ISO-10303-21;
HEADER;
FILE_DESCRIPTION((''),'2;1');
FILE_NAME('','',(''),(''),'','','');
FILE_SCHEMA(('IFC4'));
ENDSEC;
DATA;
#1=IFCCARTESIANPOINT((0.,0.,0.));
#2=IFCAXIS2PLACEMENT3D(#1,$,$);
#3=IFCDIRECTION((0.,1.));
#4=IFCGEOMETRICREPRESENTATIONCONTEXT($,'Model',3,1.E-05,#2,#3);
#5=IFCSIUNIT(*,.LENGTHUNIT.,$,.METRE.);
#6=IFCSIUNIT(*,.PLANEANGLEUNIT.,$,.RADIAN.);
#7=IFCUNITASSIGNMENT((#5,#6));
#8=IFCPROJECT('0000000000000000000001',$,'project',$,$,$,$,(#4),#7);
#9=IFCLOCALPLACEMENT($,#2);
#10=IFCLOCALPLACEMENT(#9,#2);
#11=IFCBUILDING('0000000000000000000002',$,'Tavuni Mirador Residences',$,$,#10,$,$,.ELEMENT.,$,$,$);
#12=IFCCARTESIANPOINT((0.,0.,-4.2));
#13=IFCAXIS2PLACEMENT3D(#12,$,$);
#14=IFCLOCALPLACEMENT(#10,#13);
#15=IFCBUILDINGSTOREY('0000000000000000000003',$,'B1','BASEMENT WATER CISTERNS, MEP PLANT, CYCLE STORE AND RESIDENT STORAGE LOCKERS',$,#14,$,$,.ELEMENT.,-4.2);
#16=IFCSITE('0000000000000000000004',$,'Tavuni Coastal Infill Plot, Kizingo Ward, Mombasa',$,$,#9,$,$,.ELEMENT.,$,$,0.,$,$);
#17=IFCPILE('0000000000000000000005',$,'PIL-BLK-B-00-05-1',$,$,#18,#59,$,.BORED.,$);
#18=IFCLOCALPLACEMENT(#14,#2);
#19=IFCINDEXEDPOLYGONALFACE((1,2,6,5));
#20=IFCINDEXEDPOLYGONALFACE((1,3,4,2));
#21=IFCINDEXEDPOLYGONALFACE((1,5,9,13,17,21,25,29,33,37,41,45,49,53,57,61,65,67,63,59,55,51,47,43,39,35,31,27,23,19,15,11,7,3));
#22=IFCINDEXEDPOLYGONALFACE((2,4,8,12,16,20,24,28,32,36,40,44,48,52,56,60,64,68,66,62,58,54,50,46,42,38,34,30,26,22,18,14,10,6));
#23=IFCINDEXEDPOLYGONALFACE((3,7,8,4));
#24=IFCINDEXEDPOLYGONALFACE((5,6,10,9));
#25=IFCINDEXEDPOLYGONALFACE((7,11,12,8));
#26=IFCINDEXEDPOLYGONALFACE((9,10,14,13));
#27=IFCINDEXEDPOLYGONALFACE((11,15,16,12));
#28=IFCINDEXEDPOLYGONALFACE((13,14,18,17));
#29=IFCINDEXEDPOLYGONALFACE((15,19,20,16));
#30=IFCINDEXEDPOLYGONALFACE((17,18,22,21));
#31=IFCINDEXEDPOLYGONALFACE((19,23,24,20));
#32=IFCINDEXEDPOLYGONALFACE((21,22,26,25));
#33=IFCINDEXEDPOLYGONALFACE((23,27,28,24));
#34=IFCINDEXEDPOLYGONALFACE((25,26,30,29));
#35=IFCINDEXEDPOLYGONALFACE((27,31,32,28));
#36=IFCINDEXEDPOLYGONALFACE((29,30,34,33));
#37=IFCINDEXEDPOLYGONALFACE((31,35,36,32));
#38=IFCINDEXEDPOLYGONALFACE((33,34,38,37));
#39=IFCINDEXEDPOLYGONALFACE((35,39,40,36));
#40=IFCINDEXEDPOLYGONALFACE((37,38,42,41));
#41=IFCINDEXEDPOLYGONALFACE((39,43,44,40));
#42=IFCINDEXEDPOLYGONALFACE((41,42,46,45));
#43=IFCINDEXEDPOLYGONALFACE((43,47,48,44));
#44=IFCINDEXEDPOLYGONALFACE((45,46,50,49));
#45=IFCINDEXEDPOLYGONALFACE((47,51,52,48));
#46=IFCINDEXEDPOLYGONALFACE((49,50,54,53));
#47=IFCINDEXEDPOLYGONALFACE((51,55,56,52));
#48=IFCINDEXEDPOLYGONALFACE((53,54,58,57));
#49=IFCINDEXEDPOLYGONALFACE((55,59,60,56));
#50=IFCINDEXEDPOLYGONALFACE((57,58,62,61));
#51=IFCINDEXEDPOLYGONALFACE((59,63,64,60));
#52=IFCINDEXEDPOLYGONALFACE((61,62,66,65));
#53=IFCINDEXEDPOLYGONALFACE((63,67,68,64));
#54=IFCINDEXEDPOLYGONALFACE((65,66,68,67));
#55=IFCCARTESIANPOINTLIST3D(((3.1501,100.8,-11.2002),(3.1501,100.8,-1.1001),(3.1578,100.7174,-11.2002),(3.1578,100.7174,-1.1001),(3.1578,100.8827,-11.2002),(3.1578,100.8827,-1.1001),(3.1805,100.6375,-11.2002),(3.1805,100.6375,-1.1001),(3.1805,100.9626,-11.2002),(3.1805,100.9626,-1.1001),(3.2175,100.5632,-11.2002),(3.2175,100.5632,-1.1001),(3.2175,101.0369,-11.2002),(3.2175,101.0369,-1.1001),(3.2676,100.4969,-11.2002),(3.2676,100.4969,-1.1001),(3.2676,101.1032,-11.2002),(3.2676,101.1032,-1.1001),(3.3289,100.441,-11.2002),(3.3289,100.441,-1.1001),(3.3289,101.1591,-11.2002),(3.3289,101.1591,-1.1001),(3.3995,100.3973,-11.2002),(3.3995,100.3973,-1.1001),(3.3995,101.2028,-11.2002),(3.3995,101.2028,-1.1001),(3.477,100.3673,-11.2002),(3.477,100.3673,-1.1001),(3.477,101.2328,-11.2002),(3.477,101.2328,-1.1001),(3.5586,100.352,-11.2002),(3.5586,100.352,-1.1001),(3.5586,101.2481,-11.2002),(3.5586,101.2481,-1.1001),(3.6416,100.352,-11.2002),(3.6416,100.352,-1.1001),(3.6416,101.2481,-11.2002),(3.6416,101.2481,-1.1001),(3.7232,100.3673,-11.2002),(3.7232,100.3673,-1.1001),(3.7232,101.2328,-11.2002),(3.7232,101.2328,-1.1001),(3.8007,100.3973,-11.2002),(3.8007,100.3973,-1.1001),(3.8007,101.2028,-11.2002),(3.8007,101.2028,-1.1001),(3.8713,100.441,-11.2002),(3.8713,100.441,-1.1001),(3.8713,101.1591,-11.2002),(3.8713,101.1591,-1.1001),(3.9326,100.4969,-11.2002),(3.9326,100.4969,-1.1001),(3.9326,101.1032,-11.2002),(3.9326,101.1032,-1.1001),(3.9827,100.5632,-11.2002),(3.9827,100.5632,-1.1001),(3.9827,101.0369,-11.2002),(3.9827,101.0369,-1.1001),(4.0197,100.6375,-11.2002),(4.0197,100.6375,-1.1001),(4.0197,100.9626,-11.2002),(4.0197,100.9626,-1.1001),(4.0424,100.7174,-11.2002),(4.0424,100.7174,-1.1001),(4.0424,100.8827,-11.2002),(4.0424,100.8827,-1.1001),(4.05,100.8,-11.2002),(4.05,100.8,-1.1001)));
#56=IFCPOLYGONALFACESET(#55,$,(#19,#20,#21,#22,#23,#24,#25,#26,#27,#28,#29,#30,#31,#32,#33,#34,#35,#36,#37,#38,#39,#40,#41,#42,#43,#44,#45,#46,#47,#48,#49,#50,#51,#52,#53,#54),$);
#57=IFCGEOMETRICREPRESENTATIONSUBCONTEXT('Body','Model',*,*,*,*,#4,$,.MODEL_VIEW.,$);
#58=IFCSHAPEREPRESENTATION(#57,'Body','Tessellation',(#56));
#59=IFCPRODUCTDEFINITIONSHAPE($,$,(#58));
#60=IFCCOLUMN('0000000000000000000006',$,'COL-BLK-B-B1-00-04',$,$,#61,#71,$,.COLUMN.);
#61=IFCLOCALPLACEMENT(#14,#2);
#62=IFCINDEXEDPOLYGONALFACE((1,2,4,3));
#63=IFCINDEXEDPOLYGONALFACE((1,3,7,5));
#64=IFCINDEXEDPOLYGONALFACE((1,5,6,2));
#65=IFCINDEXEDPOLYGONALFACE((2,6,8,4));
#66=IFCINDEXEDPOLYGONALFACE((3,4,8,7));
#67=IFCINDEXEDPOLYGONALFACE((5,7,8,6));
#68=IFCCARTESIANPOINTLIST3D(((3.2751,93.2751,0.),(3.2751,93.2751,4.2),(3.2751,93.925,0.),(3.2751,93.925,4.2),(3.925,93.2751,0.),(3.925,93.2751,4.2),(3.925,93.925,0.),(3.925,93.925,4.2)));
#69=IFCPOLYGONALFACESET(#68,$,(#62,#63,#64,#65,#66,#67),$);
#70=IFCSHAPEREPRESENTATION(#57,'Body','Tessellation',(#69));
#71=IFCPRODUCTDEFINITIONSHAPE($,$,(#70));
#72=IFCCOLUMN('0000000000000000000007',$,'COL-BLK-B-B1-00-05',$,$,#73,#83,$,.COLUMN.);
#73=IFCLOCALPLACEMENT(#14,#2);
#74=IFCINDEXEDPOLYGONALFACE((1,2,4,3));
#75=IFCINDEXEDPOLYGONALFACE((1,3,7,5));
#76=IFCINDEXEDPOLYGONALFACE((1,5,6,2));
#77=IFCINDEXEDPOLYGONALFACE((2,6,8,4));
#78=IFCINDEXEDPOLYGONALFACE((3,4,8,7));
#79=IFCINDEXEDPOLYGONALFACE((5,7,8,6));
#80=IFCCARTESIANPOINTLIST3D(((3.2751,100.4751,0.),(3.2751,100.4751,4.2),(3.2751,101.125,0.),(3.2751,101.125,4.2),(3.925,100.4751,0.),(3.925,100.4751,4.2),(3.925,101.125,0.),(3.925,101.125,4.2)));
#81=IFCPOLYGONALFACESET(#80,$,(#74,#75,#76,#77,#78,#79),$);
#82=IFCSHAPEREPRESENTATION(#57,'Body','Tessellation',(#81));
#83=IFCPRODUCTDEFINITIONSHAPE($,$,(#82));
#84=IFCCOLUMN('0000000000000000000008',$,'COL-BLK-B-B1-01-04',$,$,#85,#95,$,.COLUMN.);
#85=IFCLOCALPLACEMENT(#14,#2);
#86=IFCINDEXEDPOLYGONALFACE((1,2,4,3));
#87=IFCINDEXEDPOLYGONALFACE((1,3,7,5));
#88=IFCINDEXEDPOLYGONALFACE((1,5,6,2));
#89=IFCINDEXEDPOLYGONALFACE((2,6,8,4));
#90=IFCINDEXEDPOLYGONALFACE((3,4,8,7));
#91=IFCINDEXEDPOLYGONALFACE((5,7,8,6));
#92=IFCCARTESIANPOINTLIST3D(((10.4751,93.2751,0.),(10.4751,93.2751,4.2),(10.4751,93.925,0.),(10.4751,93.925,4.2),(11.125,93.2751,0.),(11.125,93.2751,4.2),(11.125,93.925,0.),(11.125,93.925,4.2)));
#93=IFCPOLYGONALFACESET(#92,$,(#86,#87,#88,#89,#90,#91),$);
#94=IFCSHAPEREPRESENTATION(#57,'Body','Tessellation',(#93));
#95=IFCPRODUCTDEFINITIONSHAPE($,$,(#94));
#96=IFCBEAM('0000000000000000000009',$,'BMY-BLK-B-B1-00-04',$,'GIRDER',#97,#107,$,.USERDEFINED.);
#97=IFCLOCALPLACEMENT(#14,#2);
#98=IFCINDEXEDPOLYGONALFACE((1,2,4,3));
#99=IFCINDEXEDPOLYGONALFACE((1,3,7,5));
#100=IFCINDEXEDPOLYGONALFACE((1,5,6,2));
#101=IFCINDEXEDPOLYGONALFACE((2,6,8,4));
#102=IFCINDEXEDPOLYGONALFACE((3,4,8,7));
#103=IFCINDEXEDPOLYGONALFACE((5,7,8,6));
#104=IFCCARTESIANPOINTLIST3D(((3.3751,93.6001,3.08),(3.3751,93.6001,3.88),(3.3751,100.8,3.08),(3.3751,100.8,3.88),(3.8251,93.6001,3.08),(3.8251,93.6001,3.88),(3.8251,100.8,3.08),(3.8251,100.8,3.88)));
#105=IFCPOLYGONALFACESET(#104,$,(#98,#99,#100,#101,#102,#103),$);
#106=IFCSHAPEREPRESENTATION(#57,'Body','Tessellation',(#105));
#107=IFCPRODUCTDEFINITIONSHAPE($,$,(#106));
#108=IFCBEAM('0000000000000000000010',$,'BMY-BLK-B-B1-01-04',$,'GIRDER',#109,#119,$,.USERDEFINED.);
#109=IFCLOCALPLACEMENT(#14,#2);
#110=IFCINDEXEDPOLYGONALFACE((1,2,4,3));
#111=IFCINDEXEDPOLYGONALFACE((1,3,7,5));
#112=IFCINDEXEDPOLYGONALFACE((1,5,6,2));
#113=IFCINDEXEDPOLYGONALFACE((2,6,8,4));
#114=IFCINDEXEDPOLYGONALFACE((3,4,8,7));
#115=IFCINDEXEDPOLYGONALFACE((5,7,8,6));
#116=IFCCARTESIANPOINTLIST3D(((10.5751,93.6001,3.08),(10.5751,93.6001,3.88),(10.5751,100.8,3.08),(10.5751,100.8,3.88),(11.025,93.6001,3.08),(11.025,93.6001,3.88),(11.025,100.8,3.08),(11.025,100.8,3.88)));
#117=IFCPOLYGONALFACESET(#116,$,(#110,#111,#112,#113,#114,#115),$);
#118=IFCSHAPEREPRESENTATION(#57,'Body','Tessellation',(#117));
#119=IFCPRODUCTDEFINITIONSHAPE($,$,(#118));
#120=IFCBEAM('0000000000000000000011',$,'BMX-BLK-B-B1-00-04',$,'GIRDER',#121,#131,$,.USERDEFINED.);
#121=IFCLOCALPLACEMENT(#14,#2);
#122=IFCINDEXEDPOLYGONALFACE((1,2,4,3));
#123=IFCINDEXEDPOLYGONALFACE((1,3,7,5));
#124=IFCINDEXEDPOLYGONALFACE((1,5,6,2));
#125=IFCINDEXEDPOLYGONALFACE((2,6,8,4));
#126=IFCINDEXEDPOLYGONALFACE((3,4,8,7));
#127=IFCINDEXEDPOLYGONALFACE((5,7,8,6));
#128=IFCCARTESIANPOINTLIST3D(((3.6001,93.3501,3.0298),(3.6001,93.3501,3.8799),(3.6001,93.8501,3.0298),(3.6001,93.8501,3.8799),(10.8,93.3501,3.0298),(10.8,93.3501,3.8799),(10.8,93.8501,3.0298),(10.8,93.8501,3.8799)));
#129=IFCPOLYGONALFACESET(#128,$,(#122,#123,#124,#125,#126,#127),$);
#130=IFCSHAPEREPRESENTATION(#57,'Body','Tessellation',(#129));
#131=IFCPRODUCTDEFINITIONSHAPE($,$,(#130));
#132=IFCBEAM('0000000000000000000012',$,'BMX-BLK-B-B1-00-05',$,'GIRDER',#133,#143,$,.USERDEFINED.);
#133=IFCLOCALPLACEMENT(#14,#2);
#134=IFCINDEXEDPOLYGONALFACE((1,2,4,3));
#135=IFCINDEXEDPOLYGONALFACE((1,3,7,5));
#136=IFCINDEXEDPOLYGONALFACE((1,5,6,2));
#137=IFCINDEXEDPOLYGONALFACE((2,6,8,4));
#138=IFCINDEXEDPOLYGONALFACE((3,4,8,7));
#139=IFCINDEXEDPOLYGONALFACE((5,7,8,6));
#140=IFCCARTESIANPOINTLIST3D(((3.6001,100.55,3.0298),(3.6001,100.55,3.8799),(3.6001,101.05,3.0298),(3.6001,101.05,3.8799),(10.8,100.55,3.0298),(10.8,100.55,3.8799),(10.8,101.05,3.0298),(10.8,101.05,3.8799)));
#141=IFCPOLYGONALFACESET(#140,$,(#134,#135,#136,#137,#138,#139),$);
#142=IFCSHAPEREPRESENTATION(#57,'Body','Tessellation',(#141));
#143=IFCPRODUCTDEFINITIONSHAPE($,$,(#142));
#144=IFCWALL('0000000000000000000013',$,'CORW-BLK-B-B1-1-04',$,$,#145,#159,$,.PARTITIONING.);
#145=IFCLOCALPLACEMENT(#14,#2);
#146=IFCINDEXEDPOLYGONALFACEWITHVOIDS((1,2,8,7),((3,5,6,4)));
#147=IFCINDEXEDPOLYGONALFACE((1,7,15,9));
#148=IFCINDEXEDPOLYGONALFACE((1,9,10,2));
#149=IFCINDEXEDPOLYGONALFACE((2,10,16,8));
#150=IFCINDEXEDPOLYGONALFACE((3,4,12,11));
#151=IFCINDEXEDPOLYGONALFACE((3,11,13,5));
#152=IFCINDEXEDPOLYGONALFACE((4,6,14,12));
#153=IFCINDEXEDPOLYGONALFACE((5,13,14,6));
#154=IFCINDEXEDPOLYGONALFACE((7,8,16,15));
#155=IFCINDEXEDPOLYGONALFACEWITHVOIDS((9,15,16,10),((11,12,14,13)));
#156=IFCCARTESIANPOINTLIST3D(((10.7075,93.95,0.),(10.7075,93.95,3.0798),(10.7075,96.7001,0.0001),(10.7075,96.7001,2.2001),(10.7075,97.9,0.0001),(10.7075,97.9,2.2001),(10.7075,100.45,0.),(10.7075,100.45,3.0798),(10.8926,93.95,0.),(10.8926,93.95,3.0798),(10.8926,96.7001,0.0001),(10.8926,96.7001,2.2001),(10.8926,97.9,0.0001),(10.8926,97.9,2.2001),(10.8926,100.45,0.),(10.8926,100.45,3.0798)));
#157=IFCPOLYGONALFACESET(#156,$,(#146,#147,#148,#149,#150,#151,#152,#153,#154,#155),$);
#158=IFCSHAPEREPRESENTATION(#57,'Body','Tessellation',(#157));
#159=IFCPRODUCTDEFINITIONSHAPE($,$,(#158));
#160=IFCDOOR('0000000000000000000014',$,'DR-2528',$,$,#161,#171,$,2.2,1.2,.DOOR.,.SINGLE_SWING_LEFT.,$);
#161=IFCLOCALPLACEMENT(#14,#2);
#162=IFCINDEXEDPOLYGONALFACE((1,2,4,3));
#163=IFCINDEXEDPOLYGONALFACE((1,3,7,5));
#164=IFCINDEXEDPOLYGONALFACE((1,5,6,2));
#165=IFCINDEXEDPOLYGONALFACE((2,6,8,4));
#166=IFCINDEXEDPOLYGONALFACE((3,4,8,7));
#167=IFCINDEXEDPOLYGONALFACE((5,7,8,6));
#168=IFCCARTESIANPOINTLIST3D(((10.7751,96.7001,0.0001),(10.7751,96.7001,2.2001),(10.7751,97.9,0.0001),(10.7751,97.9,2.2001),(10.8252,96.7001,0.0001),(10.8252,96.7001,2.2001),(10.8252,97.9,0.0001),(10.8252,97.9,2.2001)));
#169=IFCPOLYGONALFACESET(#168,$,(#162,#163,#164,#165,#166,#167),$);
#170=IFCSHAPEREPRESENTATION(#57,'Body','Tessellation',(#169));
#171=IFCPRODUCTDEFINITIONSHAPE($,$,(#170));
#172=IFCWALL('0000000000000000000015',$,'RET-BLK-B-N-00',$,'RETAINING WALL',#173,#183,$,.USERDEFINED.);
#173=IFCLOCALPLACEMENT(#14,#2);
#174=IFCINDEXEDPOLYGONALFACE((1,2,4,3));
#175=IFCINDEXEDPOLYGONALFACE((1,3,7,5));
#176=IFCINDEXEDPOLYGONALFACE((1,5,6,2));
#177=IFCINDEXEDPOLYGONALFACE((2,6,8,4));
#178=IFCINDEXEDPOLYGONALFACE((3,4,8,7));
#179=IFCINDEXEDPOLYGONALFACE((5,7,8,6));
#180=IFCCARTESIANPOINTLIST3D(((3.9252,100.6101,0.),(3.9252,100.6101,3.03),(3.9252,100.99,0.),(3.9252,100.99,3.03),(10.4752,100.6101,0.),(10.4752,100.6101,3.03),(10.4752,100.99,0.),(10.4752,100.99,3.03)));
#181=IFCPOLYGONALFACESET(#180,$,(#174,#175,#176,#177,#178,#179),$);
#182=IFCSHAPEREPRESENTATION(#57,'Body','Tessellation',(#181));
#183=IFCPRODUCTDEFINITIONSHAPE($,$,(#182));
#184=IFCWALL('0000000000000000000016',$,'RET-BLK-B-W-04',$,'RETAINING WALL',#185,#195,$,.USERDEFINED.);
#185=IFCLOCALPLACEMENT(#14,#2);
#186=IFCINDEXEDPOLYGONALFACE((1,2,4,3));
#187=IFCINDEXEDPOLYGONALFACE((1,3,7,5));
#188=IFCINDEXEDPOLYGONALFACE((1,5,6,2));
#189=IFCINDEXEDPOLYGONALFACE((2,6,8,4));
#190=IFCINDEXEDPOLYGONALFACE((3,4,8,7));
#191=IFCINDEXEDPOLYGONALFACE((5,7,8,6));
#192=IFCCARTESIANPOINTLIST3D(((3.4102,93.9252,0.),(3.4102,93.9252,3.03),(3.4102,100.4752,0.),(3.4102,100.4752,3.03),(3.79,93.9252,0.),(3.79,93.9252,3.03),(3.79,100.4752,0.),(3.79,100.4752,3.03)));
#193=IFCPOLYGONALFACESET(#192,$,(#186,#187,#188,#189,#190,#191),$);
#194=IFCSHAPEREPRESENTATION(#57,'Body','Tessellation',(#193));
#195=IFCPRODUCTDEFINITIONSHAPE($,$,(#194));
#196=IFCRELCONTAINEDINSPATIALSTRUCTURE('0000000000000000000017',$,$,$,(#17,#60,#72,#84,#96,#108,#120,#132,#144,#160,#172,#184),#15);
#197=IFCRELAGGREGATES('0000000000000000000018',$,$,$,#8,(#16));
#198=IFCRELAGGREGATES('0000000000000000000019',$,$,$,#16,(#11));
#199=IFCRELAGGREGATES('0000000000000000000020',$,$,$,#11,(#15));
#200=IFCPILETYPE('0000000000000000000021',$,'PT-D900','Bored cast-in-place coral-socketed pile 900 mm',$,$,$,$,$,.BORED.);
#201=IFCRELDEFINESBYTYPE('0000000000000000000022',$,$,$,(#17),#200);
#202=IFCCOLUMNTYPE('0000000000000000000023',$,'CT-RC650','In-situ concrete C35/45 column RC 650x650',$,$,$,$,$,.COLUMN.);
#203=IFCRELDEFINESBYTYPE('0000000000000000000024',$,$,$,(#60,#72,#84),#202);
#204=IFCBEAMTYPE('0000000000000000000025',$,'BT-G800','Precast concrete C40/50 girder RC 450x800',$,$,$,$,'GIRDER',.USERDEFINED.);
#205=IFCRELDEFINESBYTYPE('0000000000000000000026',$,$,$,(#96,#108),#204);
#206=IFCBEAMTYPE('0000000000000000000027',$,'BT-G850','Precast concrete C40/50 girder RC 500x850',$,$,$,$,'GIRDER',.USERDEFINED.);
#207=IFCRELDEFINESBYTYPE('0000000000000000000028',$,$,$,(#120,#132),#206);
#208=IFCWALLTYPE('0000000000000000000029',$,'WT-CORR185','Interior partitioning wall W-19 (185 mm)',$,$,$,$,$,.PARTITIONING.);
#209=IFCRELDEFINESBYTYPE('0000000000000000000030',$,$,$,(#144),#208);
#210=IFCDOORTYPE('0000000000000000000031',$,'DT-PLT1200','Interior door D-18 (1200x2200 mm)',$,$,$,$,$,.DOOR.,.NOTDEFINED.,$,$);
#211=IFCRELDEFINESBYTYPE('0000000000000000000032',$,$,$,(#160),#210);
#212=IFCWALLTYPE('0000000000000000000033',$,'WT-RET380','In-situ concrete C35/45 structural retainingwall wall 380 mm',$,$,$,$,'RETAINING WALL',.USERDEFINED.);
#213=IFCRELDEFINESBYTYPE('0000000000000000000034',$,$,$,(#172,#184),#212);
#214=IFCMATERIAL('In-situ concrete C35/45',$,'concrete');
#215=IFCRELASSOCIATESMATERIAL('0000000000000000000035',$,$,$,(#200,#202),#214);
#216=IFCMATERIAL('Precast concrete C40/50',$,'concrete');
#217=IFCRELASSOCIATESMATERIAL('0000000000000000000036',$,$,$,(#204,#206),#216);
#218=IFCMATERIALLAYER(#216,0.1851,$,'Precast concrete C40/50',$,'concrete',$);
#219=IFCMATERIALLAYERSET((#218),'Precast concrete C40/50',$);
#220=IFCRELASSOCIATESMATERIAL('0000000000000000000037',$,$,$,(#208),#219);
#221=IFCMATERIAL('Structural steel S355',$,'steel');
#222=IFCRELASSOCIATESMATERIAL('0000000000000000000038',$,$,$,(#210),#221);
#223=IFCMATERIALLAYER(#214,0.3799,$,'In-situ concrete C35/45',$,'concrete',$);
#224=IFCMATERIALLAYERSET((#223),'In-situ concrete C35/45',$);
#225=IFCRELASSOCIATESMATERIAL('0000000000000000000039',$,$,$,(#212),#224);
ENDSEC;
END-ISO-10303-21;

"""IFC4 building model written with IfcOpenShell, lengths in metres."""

from ifc_helpers import new_model, si_unit, direction, frame, frame_2d, origin, origin_2d, place, context, subcontext, project, spatial, rectangle, circle, extrude, material, layer, layer_set, material_profile, profile_set, type_object, element, fill, save


model = new_model("IFC4")

# Units and contexts
model_context = context("Model", 3, precision=1e-05, world=origin(), true_north=direction((0.0, 1.0)))
body_context = subcontext(model_context, "Body", "Model", "MODEL_VIEW")
ifc_project = project(units=[si_unit("LENGTHUNIT", "METRE"), si_unit("PLANEANGLEUNIT", "RADIAN")], contexts=[model_context])

# Site, building, storey
site_placement = place(None, origin())
site = spatial("IfcSite", under=ifc_project, at=site_placement, Name="Tavuni Coastal Infill Plot, Kizingo Ward, Mombasa", CompositionType="ELEMENT", RefElevation=0.0)
building_placement = place(site_placement, origin())
building = spatial("IfcBuilding", under=site, at=building_placement, Name="Tavuni Mirador Residences", CompositionType="ELEMENT")
storey_placement = place(building_placement, frame((0.0, 0.0, -4.2)))
storey = spatial("IfcBuildingStorey", under=building, at=storey_placement, Name="B1", Description="BASEMENT WATER CISTERNS, MEP PLANT, CYCLE STORE AND RESIDENT STORAGE LOCKERS", CompositionType="ELEMENT", Elevation=-4.2)

# Shared definitions
ifc_material_1 = material(Name="In-situ concrete C35/45", Category="concrete")

# Pile
ifc_material_profile_1 = material_profile(ifc_material_1, circle(Radius=0.45, at=origin_2d()), Name="PILE D900", Category="concrete")
ifc_profile_set_1 = profile_set([ifc_material_profile_1], Name="In-situ concrete C35/45")
pile_type_1 = type_object("IfcPileType", Name="PT-D900", Description="Bored cast-in-place coral-socketed pile 900 mm", PredefinedType="BORED", material=ifc_profile_set_1)
pile_1_placement = place(storey_placement, frame((3.6001, 100.8, -1.1001), z_axis=(0.0, 0.0, -1.0), x_axis=(1.0, 0.0, 0.0)))
element("IfcPile", 1, at=pile_1_placement, inside=storey, type_object=pile_type_1, Name="PIL-BLK-B-00-05-1", PredefinedType="BORED", context=body_context, shape_type="SweptSolid", body=[
    extrude(circle(Radius=0.45, at=origin_2d()), origin(), (0.0, 0.0, 1.0), 10.1001),
])

# Columns
ifc_material_profile_2 = material_profile(ifc_material_1, rectangle(XDim=0.6499, YDim=0.6499, at=origin_2d()), Name="RC 650x650", Category="concrete")
ifc_profile_set_2 = profile_set([ifc_material_profile_2], Name="In-situ concrete C35/45")
column_type = type_object("IfcColumnType", Name="CT-RC650", Description="In-situ concrete C35/45 column RC 650x650", PredefinedType="COLUMN", material=ifc_profile_set_2)
for number, where, z_axis, x_axis, name in (
    (2, (3.6001, 93.6001, 0.0), (0.0, 0.0, 1.0), (1.0, 0.0, 0.0), "COL-BLK-B-B1-00-04"),
    (3, (3.6001, 100.8, 0.0), (0.0, 0.0, 1.0), (1.0, 0.0, 0.0), "COL-BLK-B-B1-00-05"),
    (4, (10.8, 93.6001, 0.0), (0.0, 0.0, 1.0), (1.0, 0.0, 0.0), "COL-BLK-B-B1-01-04"),
):
    element("IfcColumn", number, at=place(storey_placement, frame(where, z_axis=z_axis, x_axis=x_axis)), inside=storey, type_object=column_type, Name=name, PredefinedType="COLUMN", context=body_context, shape_type="SweptSolid", body=[
        extrude(rectangle(XDim=0.6499, YDim=0.6499, at=origin_2d()), origin(), (0.0, 0.0, 1.0), 4.2),
    ])

# Beams
ifc_material_2 = material(Name="Precast concrete C40/50", Category="concrete")
ifc_material_profile_3 = material_profile(ifc_material_2, rectangle(XDim=0.45, YDim=0.8, at=origin_2d()), Name="RC 450x800", Category="concrete")
ifc_profile_set_3 = profile_set([ifc_material_profile_3], Name="Precast concrete C40/50")
beam_type_1 = type_object("IfcBeamType", Name="BT-G800", Description="Precast concrete C40/50 girder RC 450x800", ElementType="GIRDER", PredefinedType="USERDEFINED", material=ifc_profile_set_3)
for number, where, z_axis, x_axis, name in (
    (5, (3.6001, 93.6001, 3.48), (0.0, 1.0, 0.0), (-1.0, 0.0, 0.0), "BMY-BLK-B-B1-00-04"),
    (6, (10.8, 93.6001, 3.48), (0.0, 1.0, 0.0), (-1.0, 0.0, 0.0), "BMY-BLK-B-B1-01-04"),
):
    element("IfcBeam", number, at=place(storey_placement, frame(where, z_axis=z_axis, x_axis=x_axis)), inside=storey, type_object=beam_type_1, Name=name, ObjectType="GIRDER", PredefinedType="USERDEFINED", context=body_context, shape_type="SweptSolid", body=[
        extrude(rectangle(XDim=0.45, YDim=0.8, at=origin_2d()), origin(), (0.0, 0.0, 1.0), 7.2),
    ])
ifc_material_profile_4 = material_profile(ifc_material_2, rectangle(XDim=0.5, YDim=0.8501, at=origin_2d()), Name="RC 500x850", Category="concrete")
ifc_profile_set_4 = profile_set([ifc_material_profile_4], Name="Precast concrete C40/50")
beam_type_2 = type_object("IfcBeamType", Name="BT-G850", Description="Precast concrete C40/50 girder RC 500x850", ElementType="GIRDER", PredefinedType="USERDEFINED", material=ifc_profile_set_4)
for number, where, z_axis, x_axis, name in (
    (7, (3.6001, 93.6001, 3.4548), (1.0, 0.0, 0.0), (0.0, 1.0, 0.0), "BMX-BLK-B-B1-00-04"),
    (8, (3.6001, 100.8, 3.4548), (1.0, 0.0, 0.0), (0.0, 1.0, 0.0), "BMX-BLK-B-B1-00-05"),
):
    element("IfcBeam", number, at=place(storey_placement, frame(where, z_axis=z_axis, x_axis=x_axis)), inside=storey, type_object=beam_type_2, Name=name, ObjectType="GIRDER", PredefinedType="USERDEFINED", context=body_context, shape_type="SweptSolid", body=[
        extrude(rectangle(XDim=0.5, YDim=0.8501, at=origin_2d()), origin(), (0.0, 0.0, 1.0), 7.2),
    ])

# Wall, opening, door
ifc_layer_1 = layer(ifc_material_2, 0.1851, Name="Precast concrete C40/50", Category="concrete")
ifc_layer_set_1 = layer_set([ifc_layer_1], Name="Precast concrete C40/50")
wall_type_1 = type_object("IfcWallType", Name="WT-CORR185", Description="Interior partitioning wall W-19 (185 mm)", PredefinedType="PARTITIONING", material=ifc_layer_set_1)
wall_1_placement = place(storey_placement, frame((10.8, 93.95, 0.0), z_axis=(0.0, 0.0, 1.0), x_axis=(0.0, 1.0, 0.0)))
wall_1 = element("IfcWall", 9, at=wall_1_placement, inside=storey, type_object=wall_type_1, Name="CORW-BLK-B-B1-1-04", PredefinedType="PARTITIONING", context=body_context, shape_type="SweptSolid", body=[
    extrude(rectangle(XDim=6.5, YDim=0.1851, at=frame_2d((3.25, 0.0))), origin(), (0.0, 0.0, 1.0), 3.0798),
])
opening_placement = place(wall_1_placement, frame((2.75, 0.0, 0.0)))
opening = element("IfcOpeningElement", 10, at=opening_placement, cuts=wall_1, PredefinedType="OPENING", context=body_context, shape_type="SweptSolid", body=[
    extrude(rectangle(XDim=1.2, YDim=2.2, at=frame_2d((0.6001, 1.1001))), frame((0.0, 0.1025, 0.0), z_axis=(0.0, -1.0, 0.0), x_axis=(1.0, 0.0, 0.0)), (0.0, 0.0, 1.0), 0.2051),
])
ifc_material_3 = material(Name="Structural steel S355", Category="steel")
door_type = type_object("IfcDoorType", Name="DT-PLT1200", Description="Interior door D-18 (1200x2200 mm)", OperationType="NOTDEFINED", PredefinedType="DOOR", material=ifc_material_3)
door_placement = place(opening_placement, origin())
door = element("IfcDoor", 11, at=door_placement, inside=storey, type_object=door_type, Name="DR-2528", OperationType="SINGLE_SWING_LEFT", OverallHeight=2.2, OverallWidth=1.2, PredefinedType="DOOR", context=body_context, shape_type="SweptSolid", body=[
    extrude(rectangle(XDim=1.2, YDim=2.2, at=frame_2d((0.6001, 1.1001))), frame((0.0, 0.0249, 0.0), z_axis=(0.0, -1.0, 0.0), x_axis=(1.0, 0.0, 0.0)), (0.0, 0.0, 1.0), 0.05),
])
fill(opening, door)

# Walls
ifc_layer_2 = layer(ifc_material_1, 0.3799, Name="In-situ concrete C35/45", Category="concrete")
ifc_layer_set_2 = layer_set([ifc_layer_2], Name="In-situ concrete C35/45")
wall_type_2 = type_object("IfcWallType", Name="WT-RET380", Description="In-situ concrete C35/45 structural retainingwall wall 380 mm", ElementType="RETAINING WALL", PredefinedType="USERDEFINED", material=ifc_layer_set_2)
for number, where, z_axis, x_axis, name in (
    (12, (10.4751, 100.8, 0.0), (0.0, 0.0, 1.0), (-1.0, 0.0, 0.0), "RET-BLK-B-N-00"),
    (13, (3.6001, 100.4751, 0.0), (0.0, 0.0, 1.0), (0.0, -1.0, 0.0), "RET-BLK-B-W-04"),
):
    element("IfcWall", number, at=place(storey_placement, frame(where, z_axis=z_axis, x_axis=x_axis)), inside=storey, type_object=wall_type_2, Name=name, ObjectType="RETAINING WALL", PredefinedType="USERDEFINED", context=body_context, shape_type="SweptSolid", body=[
        extrude(rectangle(XDim=6.55, YDim=0.3799, at=frame_2d((3.2749, 0.0))), origin(), (0.0, 0.0, 1.0), 3.03),
    ])

save(model, "model.ifc")
